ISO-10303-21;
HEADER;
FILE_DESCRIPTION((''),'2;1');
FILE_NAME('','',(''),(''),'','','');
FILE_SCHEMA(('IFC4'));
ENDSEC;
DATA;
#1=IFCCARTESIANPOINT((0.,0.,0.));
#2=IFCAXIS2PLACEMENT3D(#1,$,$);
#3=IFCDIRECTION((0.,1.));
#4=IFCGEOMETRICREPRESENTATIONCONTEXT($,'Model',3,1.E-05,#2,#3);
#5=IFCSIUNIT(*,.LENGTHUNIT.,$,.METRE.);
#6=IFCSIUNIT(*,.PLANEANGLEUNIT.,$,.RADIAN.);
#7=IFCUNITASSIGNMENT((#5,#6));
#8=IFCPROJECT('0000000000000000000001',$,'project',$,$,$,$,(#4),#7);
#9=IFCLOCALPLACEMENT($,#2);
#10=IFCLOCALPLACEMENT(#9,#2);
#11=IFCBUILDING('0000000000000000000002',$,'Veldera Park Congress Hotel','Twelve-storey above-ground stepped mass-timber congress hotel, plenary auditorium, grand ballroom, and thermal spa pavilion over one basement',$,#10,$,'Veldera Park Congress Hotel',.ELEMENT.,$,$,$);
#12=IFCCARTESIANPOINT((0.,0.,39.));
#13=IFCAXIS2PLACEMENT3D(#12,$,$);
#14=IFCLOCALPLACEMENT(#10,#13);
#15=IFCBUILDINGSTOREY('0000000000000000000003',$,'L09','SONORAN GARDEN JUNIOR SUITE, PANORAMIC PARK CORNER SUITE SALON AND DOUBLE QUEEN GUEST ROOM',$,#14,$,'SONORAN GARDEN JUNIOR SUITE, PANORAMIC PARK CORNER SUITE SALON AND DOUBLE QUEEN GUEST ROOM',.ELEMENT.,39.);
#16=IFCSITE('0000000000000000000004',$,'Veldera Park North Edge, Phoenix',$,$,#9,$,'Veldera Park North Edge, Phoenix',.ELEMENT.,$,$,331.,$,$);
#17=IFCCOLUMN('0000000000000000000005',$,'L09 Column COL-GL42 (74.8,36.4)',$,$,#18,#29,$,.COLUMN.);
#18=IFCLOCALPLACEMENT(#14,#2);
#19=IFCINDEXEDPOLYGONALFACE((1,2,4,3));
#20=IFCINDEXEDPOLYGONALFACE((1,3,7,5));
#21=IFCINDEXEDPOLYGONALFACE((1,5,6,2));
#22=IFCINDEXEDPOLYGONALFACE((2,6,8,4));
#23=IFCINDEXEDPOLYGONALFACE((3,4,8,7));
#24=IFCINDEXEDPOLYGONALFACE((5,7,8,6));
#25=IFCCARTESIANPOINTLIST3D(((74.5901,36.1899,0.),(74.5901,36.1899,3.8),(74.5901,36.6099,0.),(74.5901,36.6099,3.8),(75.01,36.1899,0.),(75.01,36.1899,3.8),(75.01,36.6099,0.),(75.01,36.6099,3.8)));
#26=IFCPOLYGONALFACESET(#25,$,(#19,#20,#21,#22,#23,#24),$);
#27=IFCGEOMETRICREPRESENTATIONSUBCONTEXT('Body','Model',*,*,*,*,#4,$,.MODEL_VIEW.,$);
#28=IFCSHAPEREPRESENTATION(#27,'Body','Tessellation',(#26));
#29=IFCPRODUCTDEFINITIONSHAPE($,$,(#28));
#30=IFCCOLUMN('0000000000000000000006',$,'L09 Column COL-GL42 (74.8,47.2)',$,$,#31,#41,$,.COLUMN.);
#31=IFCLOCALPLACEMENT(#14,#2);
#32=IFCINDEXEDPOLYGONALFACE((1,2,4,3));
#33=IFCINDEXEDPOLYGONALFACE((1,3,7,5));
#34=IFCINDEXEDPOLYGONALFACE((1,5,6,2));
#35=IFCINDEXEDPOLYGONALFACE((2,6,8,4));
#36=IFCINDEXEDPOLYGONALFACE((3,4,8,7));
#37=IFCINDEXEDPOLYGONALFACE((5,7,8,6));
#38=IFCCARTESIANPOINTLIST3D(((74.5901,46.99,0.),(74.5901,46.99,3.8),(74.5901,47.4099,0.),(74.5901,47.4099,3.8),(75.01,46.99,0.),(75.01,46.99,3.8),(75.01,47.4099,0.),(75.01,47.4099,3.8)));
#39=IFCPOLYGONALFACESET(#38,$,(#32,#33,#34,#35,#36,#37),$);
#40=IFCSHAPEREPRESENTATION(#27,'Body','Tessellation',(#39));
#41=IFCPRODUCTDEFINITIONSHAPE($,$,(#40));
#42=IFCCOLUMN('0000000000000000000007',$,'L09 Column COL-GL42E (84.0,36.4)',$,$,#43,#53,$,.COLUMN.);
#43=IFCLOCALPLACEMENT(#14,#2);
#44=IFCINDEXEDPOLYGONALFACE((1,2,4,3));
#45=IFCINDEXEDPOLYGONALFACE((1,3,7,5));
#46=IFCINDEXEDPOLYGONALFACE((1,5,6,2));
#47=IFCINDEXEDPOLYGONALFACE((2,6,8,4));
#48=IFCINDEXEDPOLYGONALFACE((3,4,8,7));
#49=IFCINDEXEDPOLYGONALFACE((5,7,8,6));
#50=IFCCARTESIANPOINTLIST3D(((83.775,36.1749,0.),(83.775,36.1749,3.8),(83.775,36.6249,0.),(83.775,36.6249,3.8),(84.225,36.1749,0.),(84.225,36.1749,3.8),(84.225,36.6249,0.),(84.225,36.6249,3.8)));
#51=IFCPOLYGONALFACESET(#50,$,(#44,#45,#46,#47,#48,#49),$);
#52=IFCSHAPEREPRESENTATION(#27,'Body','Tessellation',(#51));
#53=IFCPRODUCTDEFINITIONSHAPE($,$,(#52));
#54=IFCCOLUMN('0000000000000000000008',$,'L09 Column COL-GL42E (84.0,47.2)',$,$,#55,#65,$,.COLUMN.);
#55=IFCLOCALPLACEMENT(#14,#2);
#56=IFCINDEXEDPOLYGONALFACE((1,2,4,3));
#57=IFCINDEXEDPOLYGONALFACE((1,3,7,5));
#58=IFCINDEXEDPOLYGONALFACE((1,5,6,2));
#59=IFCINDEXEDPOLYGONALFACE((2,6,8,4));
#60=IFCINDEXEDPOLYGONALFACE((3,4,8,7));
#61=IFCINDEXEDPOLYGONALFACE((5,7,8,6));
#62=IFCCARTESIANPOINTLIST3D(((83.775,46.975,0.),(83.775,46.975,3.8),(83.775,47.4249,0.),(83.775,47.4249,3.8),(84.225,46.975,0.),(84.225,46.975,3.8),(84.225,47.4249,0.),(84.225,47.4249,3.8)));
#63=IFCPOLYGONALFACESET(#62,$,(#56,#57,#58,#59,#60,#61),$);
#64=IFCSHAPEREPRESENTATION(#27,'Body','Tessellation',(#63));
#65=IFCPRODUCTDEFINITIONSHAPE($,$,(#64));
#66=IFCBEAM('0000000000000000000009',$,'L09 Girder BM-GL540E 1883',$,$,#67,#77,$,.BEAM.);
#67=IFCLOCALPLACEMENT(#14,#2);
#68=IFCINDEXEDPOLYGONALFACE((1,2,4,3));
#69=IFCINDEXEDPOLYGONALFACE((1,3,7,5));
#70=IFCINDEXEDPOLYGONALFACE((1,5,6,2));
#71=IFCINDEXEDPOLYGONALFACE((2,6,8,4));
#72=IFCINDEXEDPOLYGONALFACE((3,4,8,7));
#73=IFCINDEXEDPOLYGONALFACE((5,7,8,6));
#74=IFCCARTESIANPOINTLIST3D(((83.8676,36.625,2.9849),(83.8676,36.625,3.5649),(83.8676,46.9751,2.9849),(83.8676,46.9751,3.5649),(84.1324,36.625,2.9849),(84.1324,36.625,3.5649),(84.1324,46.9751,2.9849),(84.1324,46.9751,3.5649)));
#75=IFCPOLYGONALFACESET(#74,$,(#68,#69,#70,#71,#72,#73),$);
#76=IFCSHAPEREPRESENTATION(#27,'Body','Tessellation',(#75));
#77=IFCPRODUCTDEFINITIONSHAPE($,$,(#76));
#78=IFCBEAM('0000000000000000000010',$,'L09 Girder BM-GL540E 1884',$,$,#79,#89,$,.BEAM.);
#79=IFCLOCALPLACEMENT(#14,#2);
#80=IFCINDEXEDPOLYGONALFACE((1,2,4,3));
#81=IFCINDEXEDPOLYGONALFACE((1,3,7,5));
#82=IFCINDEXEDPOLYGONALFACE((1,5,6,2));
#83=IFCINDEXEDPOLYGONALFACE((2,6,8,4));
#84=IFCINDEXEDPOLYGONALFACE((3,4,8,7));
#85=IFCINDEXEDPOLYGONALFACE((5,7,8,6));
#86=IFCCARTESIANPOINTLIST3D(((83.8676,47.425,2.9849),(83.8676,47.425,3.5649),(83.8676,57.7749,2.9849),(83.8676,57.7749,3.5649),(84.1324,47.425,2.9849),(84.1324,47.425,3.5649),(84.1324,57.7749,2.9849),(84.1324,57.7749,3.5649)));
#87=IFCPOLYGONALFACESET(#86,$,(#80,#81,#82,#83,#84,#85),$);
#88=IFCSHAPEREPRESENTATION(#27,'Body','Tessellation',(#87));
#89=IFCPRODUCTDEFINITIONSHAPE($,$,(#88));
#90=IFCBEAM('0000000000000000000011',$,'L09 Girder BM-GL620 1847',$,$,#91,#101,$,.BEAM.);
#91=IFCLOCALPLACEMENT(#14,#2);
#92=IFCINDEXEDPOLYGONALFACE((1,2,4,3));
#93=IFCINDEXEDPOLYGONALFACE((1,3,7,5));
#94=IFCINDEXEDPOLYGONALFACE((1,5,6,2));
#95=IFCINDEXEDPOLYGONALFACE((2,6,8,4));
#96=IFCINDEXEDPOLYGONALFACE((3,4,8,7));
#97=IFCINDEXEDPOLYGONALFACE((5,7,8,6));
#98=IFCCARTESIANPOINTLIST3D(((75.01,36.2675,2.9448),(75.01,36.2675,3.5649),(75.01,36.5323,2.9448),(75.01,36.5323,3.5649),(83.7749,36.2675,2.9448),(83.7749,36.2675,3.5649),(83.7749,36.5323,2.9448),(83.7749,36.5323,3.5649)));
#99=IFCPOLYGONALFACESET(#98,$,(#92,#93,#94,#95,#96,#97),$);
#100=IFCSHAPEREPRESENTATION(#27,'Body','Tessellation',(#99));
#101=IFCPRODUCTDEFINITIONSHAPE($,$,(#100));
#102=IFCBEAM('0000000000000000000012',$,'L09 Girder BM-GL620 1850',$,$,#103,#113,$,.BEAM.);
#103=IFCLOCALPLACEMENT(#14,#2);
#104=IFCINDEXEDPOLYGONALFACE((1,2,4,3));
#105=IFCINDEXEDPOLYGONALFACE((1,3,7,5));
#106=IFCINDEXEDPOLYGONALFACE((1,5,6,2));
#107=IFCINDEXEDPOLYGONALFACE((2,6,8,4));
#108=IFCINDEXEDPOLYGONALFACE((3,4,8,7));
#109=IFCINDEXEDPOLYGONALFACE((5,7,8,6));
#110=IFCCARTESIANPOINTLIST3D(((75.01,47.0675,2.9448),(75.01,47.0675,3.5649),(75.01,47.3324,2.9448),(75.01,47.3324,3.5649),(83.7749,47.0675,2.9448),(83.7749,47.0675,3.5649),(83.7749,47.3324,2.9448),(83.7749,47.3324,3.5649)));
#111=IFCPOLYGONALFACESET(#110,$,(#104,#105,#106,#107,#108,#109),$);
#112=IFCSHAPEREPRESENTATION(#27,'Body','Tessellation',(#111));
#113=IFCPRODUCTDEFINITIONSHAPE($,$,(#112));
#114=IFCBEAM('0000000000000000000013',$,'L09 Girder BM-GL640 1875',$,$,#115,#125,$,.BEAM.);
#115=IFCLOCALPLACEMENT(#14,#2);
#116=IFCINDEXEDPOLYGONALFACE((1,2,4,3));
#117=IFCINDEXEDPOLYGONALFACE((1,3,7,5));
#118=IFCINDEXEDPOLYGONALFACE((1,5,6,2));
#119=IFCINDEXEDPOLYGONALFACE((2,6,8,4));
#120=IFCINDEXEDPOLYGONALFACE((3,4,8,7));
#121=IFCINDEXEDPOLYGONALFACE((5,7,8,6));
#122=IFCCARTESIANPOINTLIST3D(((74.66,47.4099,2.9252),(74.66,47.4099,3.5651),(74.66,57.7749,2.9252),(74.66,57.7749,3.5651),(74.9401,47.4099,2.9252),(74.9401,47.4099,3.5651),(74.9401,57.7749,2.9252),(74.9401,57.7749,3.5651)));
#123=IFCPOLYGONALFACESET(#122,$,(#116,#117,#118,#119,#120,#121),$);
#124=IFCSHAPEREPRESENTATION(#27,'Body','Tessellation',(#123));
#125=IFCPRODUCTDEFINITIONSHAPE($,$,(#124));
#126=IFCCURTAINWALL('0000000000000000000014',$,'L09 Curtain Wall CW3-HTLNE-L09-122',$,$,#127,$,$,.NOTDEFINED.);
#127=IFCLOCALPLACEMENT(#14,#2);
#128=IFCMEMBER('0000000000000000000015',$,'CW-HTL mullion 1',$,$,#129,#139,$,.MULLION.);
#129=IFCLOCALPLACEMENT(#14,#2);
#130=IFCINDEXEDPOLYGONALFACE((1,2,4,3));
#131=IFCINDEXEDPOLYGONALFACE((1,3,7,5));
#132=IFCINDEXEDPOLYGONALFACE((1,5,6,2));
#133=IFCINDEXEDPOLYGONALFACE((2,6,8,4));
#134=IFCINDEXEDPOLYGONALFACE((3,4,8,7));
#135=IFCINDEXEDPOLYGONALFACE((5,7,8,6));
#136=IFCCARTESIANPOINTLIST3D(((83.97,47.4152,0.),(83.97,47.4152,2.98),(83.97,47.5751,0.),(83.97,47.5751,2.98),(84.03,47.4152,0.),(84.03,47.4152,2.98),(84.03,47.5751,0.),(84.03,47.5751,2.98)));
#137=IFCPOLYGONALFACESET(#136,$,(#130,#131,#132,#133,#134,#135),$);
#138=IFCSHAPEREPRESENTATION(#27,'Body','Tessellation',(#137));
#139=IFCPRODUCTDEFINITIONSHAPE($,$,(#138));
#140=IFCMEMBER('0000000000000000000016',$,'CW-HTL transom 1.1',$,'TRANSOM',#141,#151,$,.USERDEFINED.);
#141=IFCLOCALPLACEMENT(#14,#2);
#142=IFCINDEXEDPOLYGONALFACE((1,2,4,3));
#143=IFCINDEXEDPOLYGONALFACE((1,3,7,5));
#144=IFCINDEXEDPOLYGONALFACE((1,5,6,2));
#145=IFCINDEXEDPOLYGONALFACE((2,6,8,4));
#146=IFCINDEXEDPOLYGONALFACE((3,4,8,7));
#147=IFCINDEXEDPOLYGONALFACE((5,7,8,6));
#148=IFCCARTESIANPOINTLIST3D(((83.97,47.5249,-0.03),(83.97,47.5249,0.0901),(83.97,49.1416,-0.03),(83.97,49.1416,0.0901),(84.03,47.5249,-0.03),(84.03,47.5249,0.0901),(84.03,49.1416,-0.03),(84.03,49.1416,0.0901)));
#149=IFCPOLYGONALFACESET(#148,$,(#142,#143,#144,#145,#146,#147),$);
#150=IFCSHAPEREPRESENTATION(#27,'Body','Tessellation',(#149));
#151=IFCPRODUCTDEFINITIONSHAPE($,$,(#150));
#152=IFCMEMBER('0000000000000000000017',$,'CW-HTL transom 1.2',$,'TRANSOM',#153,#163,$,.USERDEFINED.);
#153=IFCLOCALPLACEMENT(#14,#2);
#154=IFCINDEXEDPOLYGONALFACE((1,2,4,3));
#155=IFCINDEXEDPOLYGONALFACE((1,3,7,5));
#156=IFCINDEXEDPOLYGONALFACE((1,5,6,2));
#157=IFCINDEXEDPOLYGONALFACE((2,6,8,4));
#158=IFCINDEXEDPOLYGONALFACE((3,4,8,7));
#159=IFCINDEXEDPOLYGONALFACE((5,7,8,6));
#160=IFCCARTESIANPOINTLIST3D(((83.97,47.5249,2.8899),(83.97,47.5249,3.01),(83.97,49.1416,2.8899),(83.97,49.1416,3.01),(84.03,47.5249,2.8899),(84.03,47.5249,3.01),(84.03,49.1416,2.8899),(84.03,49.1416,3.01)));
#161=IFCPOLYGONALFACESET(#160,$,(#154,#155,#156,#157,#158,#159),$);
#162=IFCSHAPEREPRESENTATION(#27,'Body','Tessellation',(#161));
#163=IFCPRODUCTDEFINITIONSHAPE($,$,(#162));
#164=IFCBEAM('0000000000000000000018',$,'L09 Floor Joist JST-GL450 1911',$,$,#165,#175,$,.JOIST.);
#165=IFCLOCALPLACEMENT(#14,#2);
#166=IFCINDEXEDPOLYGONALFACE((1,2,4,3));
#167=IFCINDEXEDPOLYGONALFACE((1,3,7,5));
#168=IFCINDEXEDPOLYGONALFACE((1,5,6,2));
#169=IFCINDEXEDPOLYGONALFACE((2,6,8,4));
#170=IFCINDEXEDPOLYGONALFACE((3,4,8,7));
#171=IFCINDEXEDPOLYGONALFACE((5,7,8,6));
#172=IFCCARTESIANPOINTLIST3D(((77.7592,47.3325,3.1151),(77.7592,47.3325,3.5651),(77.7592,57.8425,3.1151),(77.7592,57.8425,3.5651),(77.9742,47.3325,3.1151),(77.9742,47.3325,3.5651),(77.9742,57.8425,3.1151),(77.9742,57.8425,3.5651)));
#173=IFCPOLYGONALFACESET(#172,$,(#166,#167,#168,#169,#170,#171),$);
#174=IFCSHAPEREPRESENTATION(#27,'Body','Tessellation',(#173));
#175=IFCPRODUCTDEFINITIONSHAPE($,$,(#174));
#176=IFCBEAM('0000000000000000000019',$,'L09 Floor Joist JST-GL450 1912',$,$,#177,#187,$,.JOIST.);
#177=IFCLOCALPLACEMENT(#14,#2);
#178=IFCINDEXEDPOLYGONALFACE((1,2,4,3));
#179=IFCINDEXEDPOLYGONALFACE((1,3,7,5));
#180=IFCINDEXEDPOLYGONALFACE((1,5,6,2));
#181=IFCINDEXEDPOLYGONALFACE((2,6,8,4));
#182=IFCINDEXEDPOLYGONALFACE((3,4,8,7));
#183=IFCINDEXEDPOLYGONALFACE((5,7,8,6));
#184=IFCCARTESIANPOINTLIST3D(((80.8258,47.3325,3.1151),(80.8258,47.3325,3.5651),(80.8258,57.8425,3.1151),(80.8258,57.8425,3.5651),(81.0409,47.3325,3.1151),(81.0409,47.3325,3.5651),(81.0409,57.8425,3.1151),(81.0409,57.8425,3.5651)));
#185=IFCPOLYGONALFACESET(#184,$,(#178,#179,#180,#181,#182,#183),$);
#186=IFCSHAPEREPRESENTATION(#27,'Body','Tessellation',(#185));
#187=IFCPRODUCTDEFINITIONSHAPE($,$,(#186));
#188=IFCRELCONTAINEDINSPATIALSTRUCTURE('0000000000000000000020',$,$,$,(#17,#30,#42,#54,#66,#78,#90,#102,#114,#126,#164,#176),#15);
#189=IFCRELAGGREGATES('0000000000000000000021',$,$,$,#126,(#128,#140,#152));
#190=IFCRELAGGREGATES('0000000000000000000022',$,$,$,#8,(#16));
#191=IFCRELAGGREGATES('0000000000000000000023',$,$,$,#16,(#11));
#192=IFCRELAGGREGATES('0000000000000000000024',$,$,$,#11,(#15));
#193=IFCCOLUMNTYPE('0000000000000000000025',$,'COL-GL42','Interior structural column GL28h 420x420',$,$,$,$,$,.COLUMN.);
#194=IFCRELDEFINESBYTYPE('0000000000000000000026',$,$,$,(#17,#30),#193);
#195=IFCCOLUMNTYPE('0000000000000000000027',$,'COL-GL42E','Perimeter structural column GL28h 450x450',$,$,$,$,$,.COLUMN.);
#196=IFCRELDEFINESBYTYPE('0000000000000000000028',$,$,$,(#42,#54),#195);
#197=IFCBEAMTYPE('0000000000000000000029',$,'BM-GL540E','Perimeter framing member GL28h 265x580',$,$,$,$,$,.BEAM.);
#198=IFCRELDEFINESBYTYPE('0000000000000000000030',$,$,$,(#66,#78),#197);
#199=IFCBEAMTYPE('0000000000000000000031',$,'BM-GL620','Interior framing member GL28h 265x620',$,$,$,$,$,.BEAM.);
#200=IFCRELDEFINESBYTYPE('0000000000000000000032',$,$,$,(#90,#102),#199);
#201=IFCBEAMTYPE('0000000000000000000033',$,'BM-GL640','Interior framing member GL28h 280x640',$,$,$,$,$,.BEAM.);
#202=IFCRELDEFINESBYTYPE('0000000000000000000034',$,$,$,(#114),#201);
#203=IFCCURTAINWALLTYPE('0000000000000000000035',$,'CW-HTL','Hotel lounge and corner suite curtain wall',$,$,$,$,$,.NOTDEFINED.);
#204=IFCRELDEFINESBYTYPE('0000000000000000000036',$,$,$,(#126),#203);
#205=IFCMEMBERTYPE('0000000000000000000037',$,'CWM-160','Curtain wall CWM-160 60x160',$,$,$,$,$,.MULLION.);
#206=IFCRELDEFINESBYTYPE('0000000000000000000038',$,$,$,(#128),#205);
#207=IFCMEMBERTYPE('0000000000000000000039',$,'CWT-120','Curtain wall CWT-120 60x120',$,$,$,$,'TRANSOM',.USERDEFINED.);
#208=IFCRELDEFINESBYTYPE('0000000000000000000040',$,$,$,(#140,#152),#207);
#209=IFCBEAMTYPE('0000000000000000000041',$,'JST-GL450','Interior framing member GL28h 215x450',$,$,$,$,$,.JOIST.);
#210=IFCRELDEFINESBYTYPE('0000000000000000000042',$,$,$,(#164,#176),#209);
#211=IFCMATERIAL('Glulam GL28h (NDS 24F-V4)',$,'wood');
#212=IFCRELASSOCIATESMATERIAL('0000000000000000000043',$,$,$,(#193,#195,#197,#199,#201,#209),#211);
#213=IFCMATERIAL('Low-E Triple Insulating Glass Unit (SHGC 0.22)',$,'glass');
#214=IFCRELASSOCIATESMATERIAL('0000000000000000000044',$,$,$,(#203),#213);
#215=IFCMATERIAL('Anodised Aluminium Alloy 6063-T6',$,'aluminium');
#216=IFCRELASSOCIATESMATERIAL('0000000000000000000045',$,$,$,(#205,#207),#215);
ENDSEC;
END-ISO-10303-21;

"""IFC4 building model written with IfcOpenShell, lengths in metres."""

from ifc_helpers import new_model, si_unit, direction, frame, origin, origin_2d, place, context, subcontext, project, spatial, rectangle, extrude, material, material_profile, profile_set, type_object, element, aggregate, save


model = new_model("IFC4")

# Units and contexts
model_context = context("Model", 3, precision=1e-05, world=origin(), true_north=direction((0.0, 1.0)))
body_context = subcontext(model_context, "Body", "Model", "MODEL_VIEW")
ifc_project = project(units=[si_unit("LENGTHUNIT", "METRE"), si_unit("PLANEANGLEUNIT", "RADIAN")], contexts=[model_context])

# Site, building, storey
site_placement = place(None, origin())
site = spatial("IfcSite", under=ifc_project, at=site_placement, Name="Veldera Park North Edge, Phoenix", LongName="Veldera Park North Edge, Phoenix", CompositionType="ELEMENT", RefElevation=331.0)
building_placement = place(site_placement, origin())
building = spatial("IfcBuilding", under=site, at=building_placement, Name="Veldera Park Congress Hotel", Description="Twelve-storey above-ground stepped mass-timber congress hotel, plenary auditorium, grand ballroom, and thermal spa pavilion over one basement", LongName="Veldera Park Congress Hotel", CompositionType="ELEMENT")
storey_placement = place(building_placement, frame((0.0, 0.0, 39.0)))
storey = spatial("IfcBuildingStorey", under=building, at=storey_placement, Name="L09", Description="SONORAN GARDEN JUNIOR SUITE, PANORAMIC PARK CORNER SUITE SALON AND DOUBLE QUEEN GUEST ROOM", LongName="SONORAN GARDEN JUNIOR SUITE, PANORAMIC PARK CORNER SUITE SALON AND DOUBLE QUEEN GUEST ROOM", CompositionType="ELEMENT", Elevation=39.0)

# Columns
ifc_material_1 = material(Name="Glulam GL28h (NDS 24F-V4)", Category="wood")
ifc_material_profile_1 = material_profile(ifc_material_1, rectangle(XDim=0.4199, YDim=0.4199, at=origin_2d()), Name="GL28h 420x420")
ifc_profile_set_1 = profile_set([ifc_material_profile_1], Name="Glulam GL28h (NDS 24F-V4)")
column_type_1 = type_object("IfcColumnType", Name="COL-GL42", Description="Interior structural column GL28h 420x420", PredefinedType="COLUMN", material=ifc_profile_set_1)
for number, where, z_axis, x_axis, name in (
    (1, (74.8, 36.3999, 0.0), (0.0, 0.0, 1.0), (1.0, 0.0, 0.0), "L09 Column COL-GL42 (74.8,36.4)"),
    (2, (74.8, 47.2, 0.0), (0.0, 0.0, 1.0), (1.0, 0.0, 0.0), "L09 Column COL-GL42 (74.8,47.2)"),
):
    element("IfcColumn", number, at=place(storey_placement, frame(where, z_axis=z_axis, x_axis=x_axis)), inside=storey, type_object=column_type_1, Name=name, PredefinedType="COLUMN", context=body_context, shape_type="SweptSolid", body=[
        extrude(rectangle(XDim=0.4199, YDim=0.4199, at=origin_2d()), origin(), (0.0, 0.0, 1.0), 3.8),
    ])
ifc_material_profile_2 = material_profile(ifc_material_1, rectangle(XDim=0.45, YDim=0.45, at=origin_2d()), Name="GL28h 450x450")
ifc_profile_set_2 = profile_set([ifc_material_profile_2], Name="Glulam GL28h (NDS 24F-V4)")
column_type_2 = type_object("IfcColumnType", Name="COL-GL42E", Description="Perimeter structural column GL28h 450x450", PredefinedType="COLUMN", material=ifc_profile_set_2)
for number, where, z_axis, x_axis, name in (
    (3, (84.0, 36.3999, 0.0), (0.0, 0.0, 1.0), (1.0, 0.0, 0.0), "L09 Column COL-GL42E (84.0,36.4)"),
    (4, (84.0, 47.2, 0.0), (0.0, 0.0, 1.0), (1.0, 0.0, 0.0), "L09 Column COL-GL42E (84.0,47.2)"),
):
    element("IfcColumn", number, at=place(storey_placement, frame(where, z_axis=z_axis, x_axis=x_axis)), inside=storey, type_object=column_type_2, Name=name, PredefinedType="COLUMN", context=body_context, shape_type="SweptSolid", body=[
        extrude(rectangle(XDim=0.45, YDim=0.45, at=origin_2d()), origin(), (0.0, 0.0, 1.0), 3.8),
    ])

# Beams
ifc_material_profile_3 = material_profile(ifc_material_1, rectangle(XDim=0.2649, YDim=0.5801, at=origin_2d()), Name="GL28h 265x580")
ifc_profile_set_3 = profile_set([ifc_material_profile_3], Name="Glulam GL28h (NDS 24F-V4)")
beam_type_1 = type_object("IfcBeamType", Name="BM-GL540E", Description="Perimeter framing member GL28h 265x580", PredefinedType="BEAM", material=ifc_profile_set_3)
beam_1_placement = place(storey_placement, frame((84.0, 36.625, 3.2749), z_axis=(0.0, 1.0, 0.0), x_axis=(-1.0, 0.0, 0.0)))
element("IfcBeam", 5, at=beam_1_placement, inside=storey, type_object=beam_type_1, Name="L09 Girder BM-GL540E 1883", PredefinedType="BEAM", context=body_context, shape_type="SweptSolid", body=[
    extrude(rectangle(XDim=0.2649, YDim=0.5801, at=origin_2d()), origin(), (0.0, 0.0, 1.0), 10.3501),
])
beam_2_placement = place(storey_placement, frame((84.0, 47.425, 3.2749), z_axis=(0.0, 1.0, 0.0), x_axis=(-1.0, 0.0, 0.0)))
element("IfcBeam", 6, at=beam_2_placement, inside=storey, type_object=beam_type_1, Name="L09 Girder BM-GL540E 1884", PredefinedType="BEAM", context=body_context, shape_type="SweptSolid", body=[
    extrude(rectangle(XDim=0.2649, YDim=0.5801, at=origin_2d()), origin(), (0.0, 0.0, 1.0), 10.3499),
])
ifc_material_profile_4 = material_profile(ifc_material_1, rectangle(XDim=0.2649, YDim=0.6201, at=origin_2d()), Name="GL28h 265x620")
ifc_profile_set_4 = profile_set([ifc_material_profile_4], Name="Glulam GL28h (NDS 24F-V4)")
beam_type_2 = type_object("IfcBeamType", Name="BM-GL620", Description="Interior framing member GL28h 265x620", PredefinedType="BEAM", material=ifc_profile_set_4)
for number, where, z_axis, x_axis, name in (
    (7, (75.01, 36.3999, 3.2549), (1.0, 0.0, 0.0), (0.0, 1.0, 0.0), "L09 Girder BM-GL620 1847"),
    (8, (75.01, 47.2, 3.2549), (1.0, 0.0, 0.0), (0.0, 1.0, 0.0), "L09 Girder BM-GL620 1850"),
):
    element("IfcBeam", number, at=place(storey_placement, frame(where, z_axis=z_axis, x_axis=x_axis)), inside=storey, type_object=beam_type_2, Name=name, PredefinedType="BEAM", context=body_context, shape_type="SweptSolid", body=[
        extrude(rectangle(XDim=0.2649, YDim=0.6201, at=origin_2d()), origin(), (0.0, 0.0, 1.0), 8.7649),
    ])
ifc_material_profile_5 = material_profile(ifc_material_1, rectangle(XDim=0.28, YDim=0.6399, at=origin_2d()), Name="GL28h 280x640")
ifc_profile_set_5 = profile_set([ifc_material_profile_5], Name="Glulam GL28h (NDS 24F-V4)")
beam_type_3 = type_object("IfcBeamType", Name="BM-GL640", Description="Interior framing member GL28h 280x640", PredefinedType="BEAM", material=ifc_profile_set_5)
beam_3_placement = place(storey_placement, frame((74.8, 47.4099, 3.2451), z_axis=(0.0, 1.0, 0.0), x_axis=(-1.0, 0.0, 0.0)))
element("IfcBeam", 9, at=beam_3_placement, inside=storey, type_object=beam_type_3, Name="L09 Girder BM-GL640 1875", PredefinedType="BEAM", context=body_context, shape_type="SweptSolid", body=[
    extrude(rectangle(XDim=0.28, YDim=0.6399, at=origin_2d()), origin(), (0.0, 0.0, 1.0), 10.365),
])

# Curtain wall, members
ifc_material_2 = material(Name="Low-E Triple Insulating Glass Unit (SHGC 0.22)", Category="glass")
curtain_wall_type = type_object("IfcCurtainWallType", Name="CW-HTL", Description="Hotel lounge and corner suite curtain wall", PredefinedType="NOTDEFINED", material=ifc_material_2)
curtain_wall_placement = place(storey_placement, origin())
curtain_wall = element("IfcCurtainWall", 10, at=curtain_wall_placement, inside=storey, type_object=curtain_wall_type, Name="L09 Curtain Wall CW3-HTLNE-L09-122", PredefinedType="NOTDEFINED")
ifc_material_3 = material(Name="Anodised Aluminium Alloy 6063-T6", Category="aluminium")
ifc_material_profile_6 = material_profile(ifc_material_3, rectangle(XDim=0.0601, YDim=0.1599, at=origin_2d()), Name="ALU 60x160")
ifc_profile_set_6 = profile_set([ifc_material_profile_6], Name="Anodised Aluminium Alloy 6063-T6")
member_type_1 = type_object("IfcMemberType", Name="CWM-160", Description="Curtain wall CWM-160 60x160", PredefinedType="MULLION", material=ifc_profile_set_6)
member_1_placement = place(storey_placement, frame((84.0, 47.4951, 0.0), z_axis=(0.0, 0.0, 1.0), x_axis=(-1.0, 0.0, 0.0)))
member_1 = element("IfcMember", 11, at=member_1_placement, type_object=member_type_1, Name="CW-HTL mullion 1", PredefinedType="MULLION", context=body_context, shape_type="SweptSolid", body=[
    extrude(rectangle(XDim=0.0601, YDim=0.1599, at=origin_2d()), origin(), (0.0, 0.0, 1.0), 2.98),
])
ifc_material_profile_7 = material_profile(ifc_material_3, rectangle(XDim=0.0601, YDim=0.1201, at=origin_2d()), Name="ALU 60x120")
ifc_profile_set_7 = profile_set([ifc_material_profile_7], Name="Anodised Aluminium Alloy 6063-T6")
member_type_2 = type_object("IfcMemberType", Name="CWT-120", Description="Curtain wall CWT-120 60x120", ElementType="TRANSOM", PredefinedType="USERDEFINED", material=ifc_profile_set_7)
member_2_placement = place(storey_placement, frame((84.0, 47.5249, 0.03), z_axis=(0.0, 1.0, 0.0), x_axis=(-1.0, 0.0, 0.0)))
member_2 = element("IfcMember", 12, at=member_2_placement, type_object=member_type_2, Name="CW-HTL transom 1.1", ObjectType="TRANSOM", PredefinedType="USERDEFINED", context=body_context, shape_type="SweptSolid", body=[
    extrude(rectangle(XDim=0.0601, YDim=0.1201, at=origin_2d()), origin(), (0.0, 0.0, 1.0), 1.6167),
])
member_3_placement = place(storey_placement, frame((84.0, 47.5249, 2.95), z_axis=(0.0, 1.0, 0.0), x_axis=(-1.0, 0.0, 0.0)))
member_3 = element("IfcMember", 13, at=member_3_placement, type_object=member_type_2, Name="CW-HTL transom 1.2", ObjectType="TRANSOM", PredefinedType="USERDEFINED", context=body_context, shape_type="SweptSolid", body=[
    extrude(rectangle(XDim=0.0601, YDim=0.1201, at=origin_2d()), origin(), (0.0, 0.0, 1.0), 1.6167),
])
aggregate(curtain_wall, [member_1, member_2, member_3])

# Beams
ifc_material_profile_8 = material_profile(ifc_material_1, rectangle(XDim=0.2151, YDim=0.45, at=origin_2d()), Name="GL28h 215x450")
ifc_profile_set_8 = profile_set([ifc_material_profile_8], Name="Glulam GL28h (NDS 24F-V4)")
beam_type_4 = type_object("IfcBeamType", Name="JST-GL450", Description="Interior framing member GL28h 215x450", PredefinedType="JOIST", material=ifc_profile_set_8)
for number, where, z_axis, x_axis, name in (
    (14, (77.8667, 47.3325, 3.3401), (0.0, 1.0, 0.0), (-1.0, 0.0, 0.0), "L09 Floor Joist JST-GL450 1911"),
    (15, (80.9333, 47.3325, 3.3401), (0.0, 1.0, 0.0), (-1.0, 0.0, 0.0), "L09 Floor Joist JST-GL450 1912"),
):
    element("IfcBeam", number, at=place(storey_placement, frame(where, z_axis=z_axis, x_axis=x_axis)), inside=storey, type_object=beam_type_4, Name=name, PredefinedType="JOIST", context=body_context, shape_type="SweptSolid", body=[
        extrude(rectangle(XDim=0.2151, YDim=0.45, at=origin_2d()), origin(), (0.0, 0.0, 1.0), 10.51),
    ])

save(model, "model.ifc")
